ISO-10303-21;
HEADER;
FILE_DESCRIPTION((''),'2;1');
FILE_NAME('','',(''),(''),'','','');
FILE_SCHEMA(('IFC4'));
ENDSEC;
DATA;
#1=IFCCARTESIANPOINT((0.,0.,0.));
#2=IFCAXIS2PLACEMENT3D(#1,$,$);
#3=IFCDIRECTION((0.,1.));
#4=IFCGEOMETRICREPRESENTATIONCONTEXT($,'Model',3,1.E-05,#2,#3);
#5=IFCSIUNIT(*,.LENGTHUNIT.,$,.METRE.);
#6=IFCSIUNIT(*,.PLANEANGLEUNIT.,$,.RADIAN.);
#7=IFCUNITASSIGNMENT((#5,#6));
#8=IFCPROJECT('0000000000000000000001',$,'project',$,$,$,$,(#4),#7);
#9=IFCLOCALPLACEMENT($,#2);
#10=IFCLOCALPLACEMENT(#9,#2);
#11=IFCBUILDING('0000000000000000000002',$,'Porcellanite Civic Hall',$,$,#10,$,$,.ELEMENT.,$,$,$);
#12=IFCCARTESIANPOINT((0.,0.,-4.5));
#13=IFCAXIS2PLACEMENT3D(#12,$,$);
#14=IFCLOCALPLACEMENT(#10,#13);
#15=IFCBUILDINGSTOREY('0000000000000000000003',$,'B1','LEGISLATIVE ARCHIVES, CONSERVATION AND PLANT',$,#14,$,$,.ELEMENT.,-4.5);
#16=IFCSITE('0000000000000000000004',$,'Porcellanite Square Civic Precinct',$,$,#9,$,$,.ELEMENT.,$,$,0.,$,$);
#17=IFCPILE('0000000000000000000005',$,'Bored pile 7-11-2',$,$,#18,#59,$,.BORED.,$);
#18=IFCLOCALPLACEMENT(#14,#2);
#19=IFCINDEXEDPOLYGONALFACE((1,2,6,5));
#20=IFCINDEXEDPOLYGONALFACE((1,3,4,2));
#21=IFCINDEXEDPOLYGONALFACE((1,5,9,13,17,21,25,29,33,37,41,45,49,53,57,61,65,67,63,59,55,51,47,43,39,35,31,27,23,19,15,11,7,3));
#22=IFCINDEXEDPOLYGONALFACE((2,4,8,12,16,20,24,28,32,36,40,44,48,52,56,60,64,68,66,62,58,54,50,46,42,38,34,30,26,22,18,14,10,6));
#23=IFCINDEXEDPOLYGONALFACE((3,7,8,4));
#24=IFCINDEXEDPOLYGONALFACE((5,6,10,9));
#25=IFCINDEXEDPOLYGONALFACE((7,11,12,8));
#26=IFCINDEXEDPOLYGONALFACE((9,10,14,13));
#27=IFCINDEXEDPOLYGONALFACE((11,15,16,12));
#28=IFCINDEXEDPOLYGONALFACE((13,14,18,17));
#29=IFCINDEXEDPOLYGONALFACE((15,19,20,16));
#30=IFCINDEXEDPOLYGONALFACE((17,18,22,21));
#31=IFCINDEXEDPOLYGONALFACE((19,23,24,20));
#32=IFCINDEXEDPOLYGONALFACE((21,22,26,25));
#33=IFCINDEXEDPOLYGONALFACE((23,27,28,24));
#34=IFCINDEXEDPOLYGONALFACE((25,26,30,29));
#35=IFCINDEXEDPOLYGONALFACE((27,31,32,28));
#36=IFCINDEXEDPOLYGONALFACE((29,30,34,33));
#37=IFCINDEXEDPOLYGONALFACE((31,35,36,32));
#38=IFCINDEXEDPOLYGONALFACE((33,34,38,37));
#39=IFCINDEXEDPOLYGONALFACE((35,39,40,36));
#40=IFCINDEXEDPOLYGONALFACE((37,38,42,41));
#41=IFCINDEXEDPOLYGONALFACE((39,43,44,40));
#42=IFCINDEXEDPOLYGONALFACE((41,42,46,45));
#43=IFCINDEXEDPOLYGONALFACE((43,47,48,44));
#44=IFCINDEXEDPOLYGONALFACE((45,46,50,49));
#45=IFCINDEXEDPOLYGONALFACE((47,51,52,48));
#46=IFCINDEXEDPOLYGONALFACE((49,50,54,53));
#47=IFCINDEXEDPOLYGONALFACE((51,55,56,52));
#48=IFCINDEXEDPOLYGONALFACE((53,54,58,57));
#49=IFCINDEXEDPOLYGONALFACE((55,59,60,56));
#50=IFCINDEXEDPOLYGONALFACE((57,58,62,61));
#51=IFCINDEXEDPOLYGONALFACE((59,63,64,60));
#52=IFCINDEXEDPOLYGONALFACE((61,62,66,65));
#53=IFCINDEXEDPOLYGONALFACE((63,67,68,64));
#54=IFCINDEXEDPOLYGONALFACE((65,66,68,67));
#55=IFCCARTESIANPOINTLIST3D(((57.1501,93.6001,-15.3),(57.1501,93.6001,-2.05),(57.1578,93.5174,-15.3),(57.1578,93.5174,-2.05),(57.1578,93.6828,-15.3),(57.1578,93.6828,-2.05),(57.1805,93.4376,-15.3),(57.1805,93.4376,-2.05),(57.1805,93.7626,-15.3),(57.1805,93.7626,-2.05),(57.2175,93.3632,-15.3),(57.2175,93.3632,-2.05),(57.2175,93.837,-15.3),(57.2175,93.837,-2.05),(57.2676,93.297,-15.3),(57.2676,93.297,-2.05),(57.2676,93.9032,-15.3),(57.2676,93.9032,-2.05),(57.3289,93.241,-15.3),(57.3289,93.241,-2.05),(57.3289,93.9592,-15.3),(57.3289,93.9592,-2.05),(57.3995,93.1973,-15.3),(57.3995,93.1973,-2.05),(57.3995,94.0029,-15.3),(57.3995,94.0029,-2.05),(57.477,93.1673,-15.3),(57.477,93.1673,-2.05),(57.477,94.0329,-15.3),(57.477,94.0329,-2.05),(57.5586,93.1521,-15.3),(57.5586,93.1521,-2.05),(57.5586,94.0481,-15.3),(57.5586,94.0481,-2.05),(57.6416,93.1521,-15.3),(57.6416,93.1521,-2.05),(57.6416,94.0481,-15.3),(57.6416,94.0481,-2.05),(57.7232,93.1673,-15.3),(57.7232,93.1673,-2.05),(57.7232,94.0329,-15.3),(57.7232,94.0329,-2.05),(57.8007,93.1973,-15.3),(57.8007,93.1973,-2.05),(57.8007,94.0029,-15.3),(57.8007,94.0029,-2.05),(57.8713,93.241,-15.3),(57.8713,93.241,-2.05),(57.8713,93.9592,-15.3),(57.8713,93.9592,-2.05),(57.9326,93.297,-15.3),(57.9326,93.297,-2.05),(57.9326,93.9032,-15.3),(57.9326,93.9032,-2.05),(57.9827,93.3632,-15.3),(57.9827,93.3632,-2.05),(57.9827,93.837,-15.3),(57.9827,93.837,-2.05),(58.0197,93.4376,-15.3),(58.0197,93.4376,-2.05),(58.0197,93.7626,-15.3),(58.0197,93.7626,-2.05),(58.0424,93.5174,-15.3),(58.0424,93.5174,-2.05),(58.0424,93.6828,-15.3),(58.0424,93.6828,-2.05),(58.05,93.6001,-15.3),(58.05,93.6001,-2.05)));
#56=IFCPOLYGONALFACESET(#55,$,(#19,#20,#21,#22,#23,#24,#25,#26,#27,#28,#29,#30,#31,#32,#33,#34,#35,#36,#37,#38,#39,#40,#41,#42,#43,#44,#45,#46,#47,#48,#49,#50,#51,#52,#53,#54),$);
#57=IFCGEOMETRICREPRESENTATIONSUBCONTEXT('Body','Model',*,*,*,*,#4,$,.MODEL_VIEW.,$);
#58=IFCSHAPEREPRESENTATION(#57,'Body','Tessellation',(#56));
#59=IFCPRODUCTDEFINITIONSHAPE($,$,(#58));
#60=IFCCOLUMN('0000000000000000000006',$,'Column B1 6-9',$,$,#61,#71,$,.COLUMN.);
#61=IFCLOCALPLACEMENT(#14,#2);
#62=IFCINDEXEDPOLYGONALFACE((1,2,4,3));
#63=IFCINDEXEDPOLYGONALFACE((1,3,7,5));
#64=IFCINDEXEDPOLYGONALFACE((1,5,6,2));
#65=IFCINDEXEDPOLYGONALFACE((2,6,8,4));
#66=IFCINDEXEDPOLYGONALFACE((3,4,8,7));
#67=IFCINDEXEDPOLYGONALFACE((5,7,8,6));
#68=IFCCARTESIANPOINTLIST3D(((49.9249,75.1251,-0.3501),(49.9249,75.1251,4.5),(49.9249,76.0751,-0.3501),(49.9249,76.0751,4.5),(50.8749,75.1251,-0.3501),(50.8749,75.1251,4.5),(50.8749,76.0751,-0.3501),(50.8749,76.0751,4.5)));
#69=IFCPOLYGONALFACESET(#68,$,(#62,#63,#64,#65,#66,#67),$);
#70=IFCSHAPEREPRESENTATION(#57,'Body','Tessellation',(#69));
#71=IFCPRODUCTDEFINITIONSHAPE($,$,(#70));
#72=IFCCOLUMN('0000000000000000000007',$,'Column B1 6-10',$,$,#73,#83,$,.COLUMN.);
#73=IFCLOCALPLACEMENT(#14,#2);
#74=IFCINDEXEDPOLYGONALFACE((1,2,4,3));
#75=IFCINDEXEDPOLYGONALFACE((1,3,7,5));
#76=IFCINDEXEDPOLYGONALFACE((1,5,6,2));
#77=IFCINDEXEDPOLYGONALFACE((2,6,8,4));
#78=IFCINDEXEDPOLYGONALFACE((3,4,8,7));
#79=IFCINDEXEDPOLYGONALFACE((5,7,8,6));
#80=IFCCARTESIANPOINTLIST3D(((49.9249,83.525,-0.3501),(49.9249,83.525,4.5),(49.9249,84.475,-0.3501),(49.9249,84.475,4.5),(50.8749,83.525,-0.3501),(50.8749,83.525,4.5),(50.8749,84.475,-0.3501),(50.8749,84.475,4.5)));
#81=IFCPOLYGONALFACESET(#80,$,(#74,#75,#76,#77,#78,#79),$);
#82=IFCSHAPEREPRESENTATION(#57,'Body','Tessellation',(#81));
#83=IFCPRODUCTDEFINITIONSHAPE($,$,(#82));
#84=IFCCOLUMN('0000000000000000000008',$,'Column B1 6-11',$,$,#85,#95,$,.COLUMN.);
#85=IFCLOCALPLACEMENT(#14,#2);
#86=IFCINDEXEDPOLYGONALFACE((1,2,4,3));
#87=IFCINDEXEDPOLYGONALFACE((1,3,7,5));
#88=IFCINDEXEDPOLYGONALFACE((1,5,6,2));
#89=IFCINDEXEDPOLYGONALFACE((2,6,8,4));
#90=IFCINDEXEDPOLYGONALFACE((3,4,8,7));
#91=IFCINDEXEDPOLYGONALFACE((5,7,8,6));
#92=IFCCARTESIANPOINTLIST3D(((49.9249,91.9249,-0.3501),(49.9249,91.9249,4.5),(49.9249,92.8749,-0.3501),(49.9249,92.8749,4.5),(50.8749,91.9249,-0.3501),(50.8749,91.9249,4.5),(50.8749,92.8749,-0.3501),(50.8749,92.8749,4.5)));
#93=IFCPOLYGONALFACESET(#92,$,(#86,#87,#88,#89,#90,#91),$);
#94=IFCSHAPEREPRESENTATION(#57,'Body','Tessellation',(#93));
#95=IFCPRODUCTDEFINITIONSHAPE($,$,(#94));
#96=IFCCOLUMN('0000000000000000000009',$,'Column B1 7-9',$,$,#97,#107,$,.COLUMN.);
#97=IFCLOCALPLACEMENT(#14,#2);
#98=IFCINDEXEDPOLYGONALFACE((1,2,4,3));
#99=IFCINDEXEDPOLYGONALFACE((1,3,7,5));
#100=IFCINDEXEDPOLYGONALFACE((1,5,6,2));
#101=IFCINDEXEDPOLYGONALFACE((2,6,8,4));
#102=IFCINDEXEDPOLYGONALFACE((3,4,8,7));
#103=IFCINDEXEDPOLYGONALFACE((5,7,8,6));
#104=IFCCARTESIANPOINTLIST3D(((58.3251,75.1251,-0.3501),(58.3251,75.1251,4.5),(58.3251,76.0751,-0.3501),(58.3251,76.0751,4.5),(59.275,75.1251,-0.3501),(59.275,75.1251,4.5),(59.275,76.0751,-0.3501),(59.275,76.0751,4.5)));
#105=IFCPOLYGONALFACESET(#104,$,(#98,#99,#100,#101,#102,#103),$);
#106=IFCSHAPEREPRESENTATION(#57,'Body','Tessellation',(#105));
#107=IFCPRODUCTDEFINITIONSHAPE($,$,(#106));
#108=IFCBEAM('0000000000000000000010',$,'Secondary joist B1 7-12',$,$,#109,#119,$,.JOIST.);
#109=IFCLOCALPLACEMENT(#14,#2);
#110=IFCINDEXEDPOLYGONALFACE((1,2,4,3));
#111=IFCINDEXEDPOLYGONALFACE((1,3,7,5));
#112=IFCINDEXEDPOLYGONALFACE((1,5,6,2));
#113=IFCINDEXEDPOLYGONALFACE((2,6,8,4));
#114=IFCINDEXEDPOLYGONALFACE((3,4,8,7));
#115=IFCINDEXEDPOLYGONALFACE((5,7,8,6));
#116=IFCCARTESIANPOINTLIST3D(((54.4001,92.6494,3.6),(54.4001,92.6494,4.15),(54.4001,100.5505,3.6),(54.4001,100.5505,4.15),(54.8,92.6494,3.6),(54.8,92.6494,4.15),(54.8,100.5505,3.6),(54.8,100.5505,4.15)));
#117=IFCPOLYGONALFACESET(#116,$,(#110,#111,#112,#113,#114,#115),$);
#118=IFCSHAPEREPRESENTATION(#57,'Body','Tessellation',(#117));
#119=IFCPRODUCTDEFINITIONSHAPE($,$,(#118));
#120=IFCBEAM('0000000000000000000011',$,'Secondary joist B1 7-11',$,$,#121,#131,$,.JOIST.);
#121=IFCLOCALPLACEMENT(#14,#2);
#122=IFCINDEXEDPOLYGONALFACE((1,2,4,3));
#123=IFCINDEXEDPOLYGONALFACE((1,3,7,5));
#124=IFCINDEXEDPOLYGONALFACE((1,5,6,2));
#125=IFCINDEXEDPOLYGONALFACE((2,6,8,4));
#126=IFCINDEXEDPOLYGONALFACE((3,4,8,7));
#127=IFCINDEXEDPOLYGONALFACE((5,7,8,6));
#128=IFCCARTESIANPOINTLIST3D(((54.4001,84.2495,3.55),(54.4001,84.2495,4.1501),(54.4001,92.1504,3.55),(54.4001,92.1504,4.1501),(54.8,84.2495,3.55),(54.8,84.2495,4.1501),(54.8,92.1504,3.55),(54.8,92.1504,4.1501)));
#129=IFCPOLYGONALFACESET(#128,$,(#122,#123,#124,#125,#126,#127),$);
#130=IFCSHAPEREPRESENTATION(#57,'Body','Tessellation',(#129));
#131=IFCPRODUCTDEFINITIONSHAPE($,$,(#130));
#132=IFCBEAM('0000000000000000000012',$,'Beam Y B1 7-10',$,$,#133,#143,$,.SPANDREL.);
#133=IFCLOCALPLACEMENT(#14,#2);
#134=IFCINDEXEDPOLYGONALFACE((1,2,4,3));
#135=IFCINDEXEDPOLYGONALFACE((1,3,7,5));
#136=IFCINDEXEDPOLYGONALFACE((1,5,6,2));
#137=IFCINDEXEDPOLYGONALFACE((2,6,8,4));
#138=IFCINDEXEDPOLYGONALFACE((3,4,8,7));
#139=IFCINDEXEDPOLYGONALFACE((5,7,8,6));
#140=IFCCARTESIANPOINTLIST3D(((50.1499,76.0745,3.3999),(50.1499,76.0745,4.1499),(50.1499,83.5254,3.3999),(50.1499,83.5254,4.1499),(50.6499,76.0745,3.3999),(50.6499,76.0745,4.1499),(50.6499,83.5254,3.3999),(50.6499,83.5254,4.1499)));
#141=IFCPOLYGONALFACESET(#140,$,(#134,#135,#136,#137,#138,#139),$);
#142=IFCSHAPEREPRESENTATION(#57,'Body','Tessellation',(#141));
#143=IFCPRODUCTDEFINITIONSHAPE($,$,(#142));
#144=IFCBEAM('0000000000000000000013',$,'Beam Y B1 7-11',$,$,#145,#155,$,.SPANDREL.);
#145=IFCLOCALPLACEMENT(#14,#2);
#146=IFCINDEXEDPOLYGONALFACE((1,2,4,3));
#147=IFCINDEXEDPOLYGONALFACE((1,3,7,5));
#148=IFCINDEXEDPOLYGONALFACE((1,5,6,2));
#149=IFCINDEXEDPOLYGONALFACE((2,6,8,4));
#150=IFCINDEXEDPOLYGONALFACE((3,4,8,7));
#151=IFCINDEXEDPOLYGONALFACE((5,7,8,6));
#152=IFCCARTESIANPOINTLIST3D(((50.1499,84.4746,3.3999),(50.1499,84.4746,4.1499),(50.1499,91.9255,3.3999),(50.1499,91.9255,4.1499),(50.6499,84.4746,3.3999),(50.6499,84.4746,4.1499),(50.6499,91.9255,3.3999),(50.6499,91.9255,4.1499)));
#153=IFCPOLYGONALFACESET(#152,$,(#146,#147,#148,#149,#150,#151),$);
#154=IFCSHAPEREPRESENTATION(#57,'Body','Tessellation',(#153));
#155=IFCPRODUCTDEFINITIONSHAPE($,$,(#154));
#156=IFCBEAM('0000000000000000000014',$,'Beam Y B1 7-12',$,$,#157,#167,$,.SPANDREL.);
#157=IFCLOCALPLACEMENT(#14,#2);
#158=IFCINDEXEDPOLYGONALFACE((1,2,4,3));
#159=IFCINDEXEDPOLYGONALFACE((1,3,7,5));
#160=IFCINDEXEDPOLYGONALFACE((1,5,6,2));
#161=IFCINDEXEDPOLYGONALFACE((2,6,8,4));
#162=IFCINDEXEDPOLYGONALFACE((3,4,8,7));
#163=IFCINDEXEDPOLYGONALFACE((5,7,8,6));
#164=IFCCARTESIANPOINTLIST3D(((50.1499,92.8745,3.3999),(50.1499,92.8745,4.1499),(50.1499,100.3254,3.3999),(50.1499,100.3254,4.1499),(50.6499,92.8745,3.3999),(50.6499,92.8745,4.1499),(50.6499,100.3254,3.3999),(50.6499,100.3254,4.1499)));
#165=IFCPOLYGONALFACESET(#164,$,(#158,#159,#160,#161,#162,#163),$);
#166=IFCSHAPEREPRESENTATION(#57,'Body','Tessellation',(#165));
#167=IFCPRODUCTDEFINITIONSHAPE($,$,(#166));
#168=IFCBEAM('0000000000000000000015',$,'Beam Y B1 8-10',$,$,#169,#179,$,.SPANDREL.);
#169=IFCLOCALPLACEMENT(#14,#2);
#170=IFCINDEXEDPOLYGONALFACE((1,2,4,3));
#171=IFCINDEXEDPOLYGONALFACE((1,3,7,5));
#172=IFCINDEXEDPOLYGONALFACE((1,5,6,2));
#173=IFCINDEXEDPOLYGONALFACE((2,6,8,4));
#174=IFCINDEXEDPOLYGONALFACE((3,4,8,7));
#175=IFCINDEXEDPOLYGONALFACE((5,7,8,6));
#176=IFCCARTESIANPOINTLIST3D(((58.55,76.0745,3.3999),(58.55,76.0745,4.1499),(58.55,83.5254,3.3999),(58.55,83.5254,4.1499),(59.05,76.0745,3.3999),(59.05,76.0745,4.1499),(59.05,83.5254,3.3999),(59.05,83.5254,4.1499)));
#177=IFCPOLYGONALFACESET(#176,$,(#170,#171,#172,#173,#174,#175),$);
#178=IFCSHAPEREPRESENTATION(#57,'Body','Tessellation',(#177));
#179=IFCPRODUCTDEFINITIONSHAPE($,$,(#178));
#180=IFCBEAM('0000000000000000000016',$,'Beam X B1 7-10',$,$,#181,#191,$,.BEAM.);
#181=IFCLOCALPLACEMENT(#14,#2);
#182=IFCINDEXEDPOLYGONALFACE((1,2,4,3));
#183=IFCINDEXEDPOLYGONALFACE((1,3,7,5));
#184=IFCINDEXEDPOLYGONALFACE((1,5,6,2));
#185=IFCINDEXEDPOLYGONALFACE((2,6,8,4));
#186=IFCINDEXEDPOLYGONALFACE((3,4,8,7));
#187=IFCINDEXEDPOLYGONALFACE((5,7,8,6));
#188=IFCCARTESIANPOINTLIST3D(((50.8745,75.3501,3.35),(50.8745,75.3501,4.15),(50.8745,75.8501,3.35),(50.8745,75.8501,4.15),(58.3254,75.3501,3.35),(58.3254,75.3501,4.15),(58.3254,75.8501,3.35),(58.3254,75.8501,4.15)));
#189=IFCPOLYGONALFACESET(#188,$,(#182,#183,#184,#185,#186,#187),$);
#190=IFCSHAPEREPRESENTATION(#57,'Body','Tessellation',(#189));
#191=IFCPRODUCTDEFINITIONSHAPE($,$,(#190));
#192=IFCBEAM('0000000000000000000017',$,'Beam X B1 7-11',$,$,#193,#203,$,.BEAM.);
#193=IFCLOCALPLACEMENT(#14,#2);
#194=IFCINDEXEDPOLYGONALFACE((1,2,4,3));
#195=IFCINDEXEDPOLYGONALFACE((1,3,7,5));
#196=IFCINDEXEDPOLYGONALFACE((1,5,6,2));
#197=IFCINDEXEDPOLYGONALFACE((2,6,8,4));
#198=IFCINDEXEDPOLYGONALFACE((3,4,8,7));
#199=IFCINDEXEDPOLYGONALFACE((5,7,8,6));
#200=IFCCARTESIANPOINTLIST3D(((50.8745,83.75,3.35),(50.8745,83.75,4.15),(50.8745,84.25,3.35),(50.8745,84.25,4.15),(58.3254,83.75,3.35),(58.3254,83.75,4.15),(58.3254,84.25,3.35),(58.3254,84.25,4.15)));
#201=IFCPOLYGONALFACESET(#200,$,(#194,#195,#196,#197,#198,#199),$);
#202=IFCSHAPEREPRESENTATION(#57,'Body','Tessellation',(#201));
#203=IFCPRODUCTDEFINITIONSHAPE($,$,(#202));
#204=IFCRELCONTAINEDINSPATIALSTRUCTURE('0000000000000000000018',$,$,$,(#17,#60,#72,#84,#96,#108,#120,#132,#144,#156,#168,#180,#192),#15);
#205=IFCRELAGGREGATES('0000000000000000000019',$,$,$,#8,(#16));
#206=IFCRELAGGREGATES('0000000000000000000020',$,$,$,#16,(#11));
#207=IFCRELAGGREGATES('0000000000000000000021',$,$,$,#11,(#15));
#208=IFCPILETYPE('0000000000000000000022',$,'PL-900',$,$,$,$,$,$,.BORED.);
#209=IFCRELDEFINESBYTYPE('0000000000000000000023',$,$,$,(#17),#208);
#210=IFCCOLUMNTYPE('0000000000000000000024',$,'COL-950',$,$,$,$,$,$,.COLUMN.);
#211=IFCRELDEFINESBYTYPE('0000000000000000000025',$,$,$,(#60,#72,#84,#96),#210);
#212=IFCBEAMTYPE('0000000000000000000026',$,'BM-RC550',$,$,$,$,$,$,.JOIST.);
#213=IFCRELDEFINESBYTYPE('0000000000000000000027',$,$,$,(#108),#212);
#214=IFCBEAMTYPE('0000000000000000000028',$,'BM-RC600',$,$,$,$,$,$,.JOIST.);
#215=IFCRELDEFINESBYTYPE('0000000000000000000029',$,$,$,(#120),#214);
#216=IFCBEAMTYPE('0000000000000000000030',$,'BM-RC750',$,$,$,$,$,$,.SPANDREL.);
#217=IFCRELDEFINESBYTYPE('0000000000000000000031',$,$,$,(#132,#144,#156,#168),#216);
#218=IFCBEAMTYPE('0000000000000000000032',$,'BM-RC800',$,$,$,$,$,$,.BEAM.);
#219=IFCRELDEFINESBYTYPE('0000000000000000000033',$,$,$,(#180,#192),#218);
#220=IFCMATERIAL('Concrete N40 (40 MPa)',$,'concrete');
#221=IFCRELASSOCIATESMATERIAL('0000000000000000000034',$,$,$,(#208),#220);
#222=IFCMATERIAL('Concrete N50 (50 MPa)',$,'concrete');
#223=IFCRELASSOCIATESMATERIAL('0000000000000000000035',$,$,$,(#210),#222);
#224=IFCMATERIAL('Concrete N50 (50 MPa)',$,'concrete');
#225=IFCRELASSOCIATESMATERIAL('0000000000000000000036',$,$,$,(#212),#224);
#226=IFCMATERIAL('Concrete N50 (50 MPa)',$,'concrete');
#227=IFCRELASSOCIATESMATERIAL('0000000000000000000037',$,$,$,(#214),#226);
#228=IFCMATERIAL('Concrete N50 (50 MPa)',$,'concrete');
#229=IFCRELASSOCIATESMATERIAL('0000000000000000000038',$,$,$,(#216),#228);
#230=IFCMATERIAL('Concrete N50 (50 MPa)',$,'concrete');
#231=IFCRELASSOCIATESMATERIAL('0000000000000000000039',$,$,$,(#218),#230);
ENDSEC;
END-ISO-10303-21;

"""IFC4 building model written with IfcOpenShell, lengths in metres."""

from ifc_helpers import new_model, si_unit, direction, frame, origin, origin_2d, place, context, subcontext, project, spatial, rectangle, circle, extrude, material, material_profile, profile_set, type_object, element, save


model = new_model("IFC4")

# Units and contexts
model_context = context("Model", 3, precision=1e-05, world=origin(), true_north=direction((0.0, 1.0)))
body_context = subcontext(model_context, "Body", "Model", "MODEL_VIEW")
ifc_project = project(units=[si_unit("LENGTHUNIT", "METRE"), si_unit("PLANEANGLEUNIT", "RADIAN")], contexts=[model_context])

# Site, building, storey
site_placement = place(None, origin())
site = spatial("IfcSite", under=ifc_project, at=site_placement, Name="Porcellanite Square Civic Precinct", CompositionType="ELEMENT", RefElevation=0.0)
building_placement = place(site_placement, origin())
building = spatial("IfcBuilding", under=site, at=building_placement, Name="Porcellanite Civic Hall", CompositionType="ELEMENT")
storey_placement = place(building_placement, frame((0.0, 0.0, -4.5)))
storey = spatial("IfcBuildingStorey", under=building, at=storey_placement, Name="B1", Description="LEGISLATIVE ARCHIVES, CONSERVATION AND PLANT", CompositionType="ELEMENT", Elevation=-4.5)

# Pile
ifc_material_1 = material(Name="Concrete N40 (40 MPa)", Category="concrete")
ifc_material_profile_1 = material_profile(ifc_material_1, circle(Radius=0.45, at=origin_2d()), Name="PILE-D900")
ifc_profile_set_1 = profile_set([ifc_material_profile_1], Name="Concrete N40 (40 MPa)")
pile_type = type_object("IfcPileType", Name="PL-900", PredefinedType="BORED", material=ifc_profile_set_1)
for number, where, z_axis, x_axis, name in (
    (1, (57.6001, 93.6001, -2.05), (0.0, 0.0, -1.0), (1.0, 0.0, 0.0), "Bored pile 7-11-2"),
):
    element("IfcPile", number, at=place(storey_placement, frame(where, z_axis=z_axis, x_axis=x_axis)), inside=storey, type_object=pile_type, Name=name, PredefinedType="BORED", context=body_context, shape_type="SweptSolid", body=[
        extrude(circle(Radius=0.45, at=origin_2d()), origin(), (0.0, 0.0, 1.0), 13.25),
    ])

# Columns
ifc_material_2 = material(Name="Concrete N50 (50 MPa)", Category="concrete")
ifc_material_profile_2 = material_profile(ifc_material_2, rectangle(XDim=0.95, YDim=0.95, at=origin_2d()), Name="RC-950x950")
ifc_profile_set_2 = profile_set([ifc_material_profile_2], Name="Concrete N50 (50 MPa)")
column_type = type_object("IfcColumnType", Name="COL-950", PredefinedType="COLUMN", material=ifc_profile_set_2)
for number, where, z_axis, x_axis, name in (
    (2, (50.3999, 75.6001, -0.3501), (0.0, 0.0, 1.0), (1.0, 0.0, 0.0), "Column B1 6-9"),
    (3, (50.3999, 84.0, -0.3501), (0.0, 0.0, 1.0), (1.0, 0.0, 0.0), "Column B1 6-10"),
    (4, (50.3999, 92.3999, -0.3501), (0.0, 0.0, 1.0), (1.0, 0.0, 0.0), "Column B1 6-11"),
    (5, (58.8, 75.6001, -0.3501), (0.0, 0.0, 1.0), (1.0, 0.0, 0.0), "Column B1 7-9"),
):
    element("IfcColumn", number, at=place(storey_placement, frame(where, z_axis=z_axis, x_axis=x_axis)), inside=storey, type_object=column_type, Name=name, PredefinedType="COLUMN", context=body_context, shape_type="SweptSolid", body=[
        extrude(rectangle(XDim=0.95, YDim=0.95, at=origin_2d()), origin(), (0.0, 0.0, 1.0), 4.8501),
    ])

# Beams
ifc_material_3 = material(Name="Concrete N50 (50 MPa)", Category="concrete")
ifc_material_profile_3 = material_profile(ifc_material_3, rectangle(XDim=0.3999, YDim=0.55, at=origin_2d()), Name="RC-400x550")
ifc_profile_set_3 = profile_set([ifc_material_profile_3], Name="Concrete N50 (50 MPa)")
beam_type_1 = type_object("IfcBeamType", Name="BM-RC550", PredefinedType="JOIST", material=ifc_profile_set_3)
beam_1_placement = place(storey_placement, frame((54.6001, 92.6494, 3.875), z_axis=(0.0, 1.0, 0.0), x_axis=(-1.0, 0.0, 0.0)))
element("IfcBeam", 6, at=beam_1_placement, inside=storey, type_object=beam_type_1, Name="Secondary joist B1 7-12", PredefinedType="JOIST", context=body_context, shape_type="SweptSolid", body=[
    extrude(rectangle(XDim=0.3999, YDim=0.55, at=origin_2d()), origin(), (0.0, 0.0, 1.0), 7.9011),
])
ifc_material_4 = material(Name="Concrete N50 (50 MPa)", Category="concrete")
ifc_material_profile_4 = material_profile(ifc_material_4, rectangle(XDim=0.3999, YDim=0.6001, at=origin_2d()), Name="RC-400x600")
ifc_profile_set_4 = profile_set([ifc_material_profile_4], Name="Concrete N50 (50 MPa)")
beam_type_2 = type_object("IfcBeamType", Name="BM-RC600", PredefinedType="JOIST", material=ifc_profile_set_4)
beam_2_placement = place(storey_placement, frame((54.6001, 84.2495, 3.8501), z_axis=(0.0, 1.0, 0.0), x_axis=(-1.0, 0.0, 0.0)))
element("IfcBeam", 7, at=beam_2_placement, inside=storey, type_object=beam_type_2, Name="Secondary joist B1 7-11", PredefinedType="JOIST", context=body_context, shape_type="SweptSolid", body=[
    extrude(rectangle(XDim=0.3999, YDim=0.6001, at=origin_2d()), origin(), (0.0, 0.0, 1.0), 7.9009),
])
ifc_material_5 = material(Name="Concrete N50 (50 MPa)", Category="concrete")
ifc_material_profile_5 = material_profile(ifc_material_5, rectangle(XDim=0.5, YDim=0.75, at=origin_2d()), Name="RC-500x750")
ifc_profile_set_5 = profile_set([ifc_material_profile_5], Name="Concrete N50 (50 MPa)")
beam_type_3 = type_object("IfcBeamType", Name="BM-RC750", PredefinedType="SPANDREL", material=ifc_profile_set_5)
for number, where, z_axis, x_axis, name in (
    (8, (50.3999, 76.0745, 3.7749), (0.0, 1.0, 0.0), (-1.0, 0.0, 0.0), "Beam Y B1 7-10"),
    (9, (50.3999, 84.4746, 3.7749), (0.0, 1.0, 0.0), (-1.0, 0.0, 0.0), "Beam Y B1 7-11"),
    (10, (50.3999, 92.8745, 3.7749), (0.0, 1.0, 0.0), (-1.0, 0.0, 0.0), "Beam Y B1 7-12"),
    (11, (58.8, 76.0745, 3.7749), (0.0, 1.0, 0.0), (-1.0, 0.0, 0.0), "Beam Y B1 8-10"),
):
    element("IfcBeam", number, at=place(storey_placement, frame(where, z_axis=z_axis, x_axis=x_axis)), inside=storey, type_object=beam_type_3, Name=name, PredefinedType="SPANDREL", context=body_context, shape_type="SweptSolid", body=[
        extrude(rectangle(XDim=0.5, YDim=0.75, at=origin_2d()), origin(), (0.0, 0.0, 1.0), 7.4509),
    ])
ifc_material_6 = material(Name="Concrete N50 (50 MPa)", Category="concrete")
ifc_material_profile_6 = material_profile(ifc_material_6, rectangle(XDim=0.5, YDim=0.8, at=origin_2d()), Name="RC-500x800")
ifc_profile_set_6 = profile_set([ifc_material_profile_6], Name="Concrete N50 (50 MPa)")
beam_type_4 = type_object("IfcBeamType", Name="BM-RC800", PredefinedType="BEAM", material=ifc_profile_set_6)
for number, where, z_axis, x_axis, name in (
    (12, (50.8745, 75.6001, 3.75), (1.0, 0.0, 0.0), (0.0, 1.0, 0.0), "Beam X B1 7-10"),
    (13, (50.8745, 84.0, 3.75), (1.0, 0.0, 0.0), (0.0, 1.0, 0.0), "Beam X B1 7-11"),
):
    element("IfcBeam", number, at=place(storey_placement, frame(where, z_axis=z_axis, x_axis=x_axis)), inside=storey, type_object=beam_type_4, Name=name, PredefinedType="BEAM", context=body_context, shape_type="SweptSolid", body=[
        extrude(rectangle(XDim=0.5, YDim=0.8, at=origin_2d()), origin(), (0.0, 0.0, 1.0), 7.4509),
    ])

save(model, "model.ifc")
